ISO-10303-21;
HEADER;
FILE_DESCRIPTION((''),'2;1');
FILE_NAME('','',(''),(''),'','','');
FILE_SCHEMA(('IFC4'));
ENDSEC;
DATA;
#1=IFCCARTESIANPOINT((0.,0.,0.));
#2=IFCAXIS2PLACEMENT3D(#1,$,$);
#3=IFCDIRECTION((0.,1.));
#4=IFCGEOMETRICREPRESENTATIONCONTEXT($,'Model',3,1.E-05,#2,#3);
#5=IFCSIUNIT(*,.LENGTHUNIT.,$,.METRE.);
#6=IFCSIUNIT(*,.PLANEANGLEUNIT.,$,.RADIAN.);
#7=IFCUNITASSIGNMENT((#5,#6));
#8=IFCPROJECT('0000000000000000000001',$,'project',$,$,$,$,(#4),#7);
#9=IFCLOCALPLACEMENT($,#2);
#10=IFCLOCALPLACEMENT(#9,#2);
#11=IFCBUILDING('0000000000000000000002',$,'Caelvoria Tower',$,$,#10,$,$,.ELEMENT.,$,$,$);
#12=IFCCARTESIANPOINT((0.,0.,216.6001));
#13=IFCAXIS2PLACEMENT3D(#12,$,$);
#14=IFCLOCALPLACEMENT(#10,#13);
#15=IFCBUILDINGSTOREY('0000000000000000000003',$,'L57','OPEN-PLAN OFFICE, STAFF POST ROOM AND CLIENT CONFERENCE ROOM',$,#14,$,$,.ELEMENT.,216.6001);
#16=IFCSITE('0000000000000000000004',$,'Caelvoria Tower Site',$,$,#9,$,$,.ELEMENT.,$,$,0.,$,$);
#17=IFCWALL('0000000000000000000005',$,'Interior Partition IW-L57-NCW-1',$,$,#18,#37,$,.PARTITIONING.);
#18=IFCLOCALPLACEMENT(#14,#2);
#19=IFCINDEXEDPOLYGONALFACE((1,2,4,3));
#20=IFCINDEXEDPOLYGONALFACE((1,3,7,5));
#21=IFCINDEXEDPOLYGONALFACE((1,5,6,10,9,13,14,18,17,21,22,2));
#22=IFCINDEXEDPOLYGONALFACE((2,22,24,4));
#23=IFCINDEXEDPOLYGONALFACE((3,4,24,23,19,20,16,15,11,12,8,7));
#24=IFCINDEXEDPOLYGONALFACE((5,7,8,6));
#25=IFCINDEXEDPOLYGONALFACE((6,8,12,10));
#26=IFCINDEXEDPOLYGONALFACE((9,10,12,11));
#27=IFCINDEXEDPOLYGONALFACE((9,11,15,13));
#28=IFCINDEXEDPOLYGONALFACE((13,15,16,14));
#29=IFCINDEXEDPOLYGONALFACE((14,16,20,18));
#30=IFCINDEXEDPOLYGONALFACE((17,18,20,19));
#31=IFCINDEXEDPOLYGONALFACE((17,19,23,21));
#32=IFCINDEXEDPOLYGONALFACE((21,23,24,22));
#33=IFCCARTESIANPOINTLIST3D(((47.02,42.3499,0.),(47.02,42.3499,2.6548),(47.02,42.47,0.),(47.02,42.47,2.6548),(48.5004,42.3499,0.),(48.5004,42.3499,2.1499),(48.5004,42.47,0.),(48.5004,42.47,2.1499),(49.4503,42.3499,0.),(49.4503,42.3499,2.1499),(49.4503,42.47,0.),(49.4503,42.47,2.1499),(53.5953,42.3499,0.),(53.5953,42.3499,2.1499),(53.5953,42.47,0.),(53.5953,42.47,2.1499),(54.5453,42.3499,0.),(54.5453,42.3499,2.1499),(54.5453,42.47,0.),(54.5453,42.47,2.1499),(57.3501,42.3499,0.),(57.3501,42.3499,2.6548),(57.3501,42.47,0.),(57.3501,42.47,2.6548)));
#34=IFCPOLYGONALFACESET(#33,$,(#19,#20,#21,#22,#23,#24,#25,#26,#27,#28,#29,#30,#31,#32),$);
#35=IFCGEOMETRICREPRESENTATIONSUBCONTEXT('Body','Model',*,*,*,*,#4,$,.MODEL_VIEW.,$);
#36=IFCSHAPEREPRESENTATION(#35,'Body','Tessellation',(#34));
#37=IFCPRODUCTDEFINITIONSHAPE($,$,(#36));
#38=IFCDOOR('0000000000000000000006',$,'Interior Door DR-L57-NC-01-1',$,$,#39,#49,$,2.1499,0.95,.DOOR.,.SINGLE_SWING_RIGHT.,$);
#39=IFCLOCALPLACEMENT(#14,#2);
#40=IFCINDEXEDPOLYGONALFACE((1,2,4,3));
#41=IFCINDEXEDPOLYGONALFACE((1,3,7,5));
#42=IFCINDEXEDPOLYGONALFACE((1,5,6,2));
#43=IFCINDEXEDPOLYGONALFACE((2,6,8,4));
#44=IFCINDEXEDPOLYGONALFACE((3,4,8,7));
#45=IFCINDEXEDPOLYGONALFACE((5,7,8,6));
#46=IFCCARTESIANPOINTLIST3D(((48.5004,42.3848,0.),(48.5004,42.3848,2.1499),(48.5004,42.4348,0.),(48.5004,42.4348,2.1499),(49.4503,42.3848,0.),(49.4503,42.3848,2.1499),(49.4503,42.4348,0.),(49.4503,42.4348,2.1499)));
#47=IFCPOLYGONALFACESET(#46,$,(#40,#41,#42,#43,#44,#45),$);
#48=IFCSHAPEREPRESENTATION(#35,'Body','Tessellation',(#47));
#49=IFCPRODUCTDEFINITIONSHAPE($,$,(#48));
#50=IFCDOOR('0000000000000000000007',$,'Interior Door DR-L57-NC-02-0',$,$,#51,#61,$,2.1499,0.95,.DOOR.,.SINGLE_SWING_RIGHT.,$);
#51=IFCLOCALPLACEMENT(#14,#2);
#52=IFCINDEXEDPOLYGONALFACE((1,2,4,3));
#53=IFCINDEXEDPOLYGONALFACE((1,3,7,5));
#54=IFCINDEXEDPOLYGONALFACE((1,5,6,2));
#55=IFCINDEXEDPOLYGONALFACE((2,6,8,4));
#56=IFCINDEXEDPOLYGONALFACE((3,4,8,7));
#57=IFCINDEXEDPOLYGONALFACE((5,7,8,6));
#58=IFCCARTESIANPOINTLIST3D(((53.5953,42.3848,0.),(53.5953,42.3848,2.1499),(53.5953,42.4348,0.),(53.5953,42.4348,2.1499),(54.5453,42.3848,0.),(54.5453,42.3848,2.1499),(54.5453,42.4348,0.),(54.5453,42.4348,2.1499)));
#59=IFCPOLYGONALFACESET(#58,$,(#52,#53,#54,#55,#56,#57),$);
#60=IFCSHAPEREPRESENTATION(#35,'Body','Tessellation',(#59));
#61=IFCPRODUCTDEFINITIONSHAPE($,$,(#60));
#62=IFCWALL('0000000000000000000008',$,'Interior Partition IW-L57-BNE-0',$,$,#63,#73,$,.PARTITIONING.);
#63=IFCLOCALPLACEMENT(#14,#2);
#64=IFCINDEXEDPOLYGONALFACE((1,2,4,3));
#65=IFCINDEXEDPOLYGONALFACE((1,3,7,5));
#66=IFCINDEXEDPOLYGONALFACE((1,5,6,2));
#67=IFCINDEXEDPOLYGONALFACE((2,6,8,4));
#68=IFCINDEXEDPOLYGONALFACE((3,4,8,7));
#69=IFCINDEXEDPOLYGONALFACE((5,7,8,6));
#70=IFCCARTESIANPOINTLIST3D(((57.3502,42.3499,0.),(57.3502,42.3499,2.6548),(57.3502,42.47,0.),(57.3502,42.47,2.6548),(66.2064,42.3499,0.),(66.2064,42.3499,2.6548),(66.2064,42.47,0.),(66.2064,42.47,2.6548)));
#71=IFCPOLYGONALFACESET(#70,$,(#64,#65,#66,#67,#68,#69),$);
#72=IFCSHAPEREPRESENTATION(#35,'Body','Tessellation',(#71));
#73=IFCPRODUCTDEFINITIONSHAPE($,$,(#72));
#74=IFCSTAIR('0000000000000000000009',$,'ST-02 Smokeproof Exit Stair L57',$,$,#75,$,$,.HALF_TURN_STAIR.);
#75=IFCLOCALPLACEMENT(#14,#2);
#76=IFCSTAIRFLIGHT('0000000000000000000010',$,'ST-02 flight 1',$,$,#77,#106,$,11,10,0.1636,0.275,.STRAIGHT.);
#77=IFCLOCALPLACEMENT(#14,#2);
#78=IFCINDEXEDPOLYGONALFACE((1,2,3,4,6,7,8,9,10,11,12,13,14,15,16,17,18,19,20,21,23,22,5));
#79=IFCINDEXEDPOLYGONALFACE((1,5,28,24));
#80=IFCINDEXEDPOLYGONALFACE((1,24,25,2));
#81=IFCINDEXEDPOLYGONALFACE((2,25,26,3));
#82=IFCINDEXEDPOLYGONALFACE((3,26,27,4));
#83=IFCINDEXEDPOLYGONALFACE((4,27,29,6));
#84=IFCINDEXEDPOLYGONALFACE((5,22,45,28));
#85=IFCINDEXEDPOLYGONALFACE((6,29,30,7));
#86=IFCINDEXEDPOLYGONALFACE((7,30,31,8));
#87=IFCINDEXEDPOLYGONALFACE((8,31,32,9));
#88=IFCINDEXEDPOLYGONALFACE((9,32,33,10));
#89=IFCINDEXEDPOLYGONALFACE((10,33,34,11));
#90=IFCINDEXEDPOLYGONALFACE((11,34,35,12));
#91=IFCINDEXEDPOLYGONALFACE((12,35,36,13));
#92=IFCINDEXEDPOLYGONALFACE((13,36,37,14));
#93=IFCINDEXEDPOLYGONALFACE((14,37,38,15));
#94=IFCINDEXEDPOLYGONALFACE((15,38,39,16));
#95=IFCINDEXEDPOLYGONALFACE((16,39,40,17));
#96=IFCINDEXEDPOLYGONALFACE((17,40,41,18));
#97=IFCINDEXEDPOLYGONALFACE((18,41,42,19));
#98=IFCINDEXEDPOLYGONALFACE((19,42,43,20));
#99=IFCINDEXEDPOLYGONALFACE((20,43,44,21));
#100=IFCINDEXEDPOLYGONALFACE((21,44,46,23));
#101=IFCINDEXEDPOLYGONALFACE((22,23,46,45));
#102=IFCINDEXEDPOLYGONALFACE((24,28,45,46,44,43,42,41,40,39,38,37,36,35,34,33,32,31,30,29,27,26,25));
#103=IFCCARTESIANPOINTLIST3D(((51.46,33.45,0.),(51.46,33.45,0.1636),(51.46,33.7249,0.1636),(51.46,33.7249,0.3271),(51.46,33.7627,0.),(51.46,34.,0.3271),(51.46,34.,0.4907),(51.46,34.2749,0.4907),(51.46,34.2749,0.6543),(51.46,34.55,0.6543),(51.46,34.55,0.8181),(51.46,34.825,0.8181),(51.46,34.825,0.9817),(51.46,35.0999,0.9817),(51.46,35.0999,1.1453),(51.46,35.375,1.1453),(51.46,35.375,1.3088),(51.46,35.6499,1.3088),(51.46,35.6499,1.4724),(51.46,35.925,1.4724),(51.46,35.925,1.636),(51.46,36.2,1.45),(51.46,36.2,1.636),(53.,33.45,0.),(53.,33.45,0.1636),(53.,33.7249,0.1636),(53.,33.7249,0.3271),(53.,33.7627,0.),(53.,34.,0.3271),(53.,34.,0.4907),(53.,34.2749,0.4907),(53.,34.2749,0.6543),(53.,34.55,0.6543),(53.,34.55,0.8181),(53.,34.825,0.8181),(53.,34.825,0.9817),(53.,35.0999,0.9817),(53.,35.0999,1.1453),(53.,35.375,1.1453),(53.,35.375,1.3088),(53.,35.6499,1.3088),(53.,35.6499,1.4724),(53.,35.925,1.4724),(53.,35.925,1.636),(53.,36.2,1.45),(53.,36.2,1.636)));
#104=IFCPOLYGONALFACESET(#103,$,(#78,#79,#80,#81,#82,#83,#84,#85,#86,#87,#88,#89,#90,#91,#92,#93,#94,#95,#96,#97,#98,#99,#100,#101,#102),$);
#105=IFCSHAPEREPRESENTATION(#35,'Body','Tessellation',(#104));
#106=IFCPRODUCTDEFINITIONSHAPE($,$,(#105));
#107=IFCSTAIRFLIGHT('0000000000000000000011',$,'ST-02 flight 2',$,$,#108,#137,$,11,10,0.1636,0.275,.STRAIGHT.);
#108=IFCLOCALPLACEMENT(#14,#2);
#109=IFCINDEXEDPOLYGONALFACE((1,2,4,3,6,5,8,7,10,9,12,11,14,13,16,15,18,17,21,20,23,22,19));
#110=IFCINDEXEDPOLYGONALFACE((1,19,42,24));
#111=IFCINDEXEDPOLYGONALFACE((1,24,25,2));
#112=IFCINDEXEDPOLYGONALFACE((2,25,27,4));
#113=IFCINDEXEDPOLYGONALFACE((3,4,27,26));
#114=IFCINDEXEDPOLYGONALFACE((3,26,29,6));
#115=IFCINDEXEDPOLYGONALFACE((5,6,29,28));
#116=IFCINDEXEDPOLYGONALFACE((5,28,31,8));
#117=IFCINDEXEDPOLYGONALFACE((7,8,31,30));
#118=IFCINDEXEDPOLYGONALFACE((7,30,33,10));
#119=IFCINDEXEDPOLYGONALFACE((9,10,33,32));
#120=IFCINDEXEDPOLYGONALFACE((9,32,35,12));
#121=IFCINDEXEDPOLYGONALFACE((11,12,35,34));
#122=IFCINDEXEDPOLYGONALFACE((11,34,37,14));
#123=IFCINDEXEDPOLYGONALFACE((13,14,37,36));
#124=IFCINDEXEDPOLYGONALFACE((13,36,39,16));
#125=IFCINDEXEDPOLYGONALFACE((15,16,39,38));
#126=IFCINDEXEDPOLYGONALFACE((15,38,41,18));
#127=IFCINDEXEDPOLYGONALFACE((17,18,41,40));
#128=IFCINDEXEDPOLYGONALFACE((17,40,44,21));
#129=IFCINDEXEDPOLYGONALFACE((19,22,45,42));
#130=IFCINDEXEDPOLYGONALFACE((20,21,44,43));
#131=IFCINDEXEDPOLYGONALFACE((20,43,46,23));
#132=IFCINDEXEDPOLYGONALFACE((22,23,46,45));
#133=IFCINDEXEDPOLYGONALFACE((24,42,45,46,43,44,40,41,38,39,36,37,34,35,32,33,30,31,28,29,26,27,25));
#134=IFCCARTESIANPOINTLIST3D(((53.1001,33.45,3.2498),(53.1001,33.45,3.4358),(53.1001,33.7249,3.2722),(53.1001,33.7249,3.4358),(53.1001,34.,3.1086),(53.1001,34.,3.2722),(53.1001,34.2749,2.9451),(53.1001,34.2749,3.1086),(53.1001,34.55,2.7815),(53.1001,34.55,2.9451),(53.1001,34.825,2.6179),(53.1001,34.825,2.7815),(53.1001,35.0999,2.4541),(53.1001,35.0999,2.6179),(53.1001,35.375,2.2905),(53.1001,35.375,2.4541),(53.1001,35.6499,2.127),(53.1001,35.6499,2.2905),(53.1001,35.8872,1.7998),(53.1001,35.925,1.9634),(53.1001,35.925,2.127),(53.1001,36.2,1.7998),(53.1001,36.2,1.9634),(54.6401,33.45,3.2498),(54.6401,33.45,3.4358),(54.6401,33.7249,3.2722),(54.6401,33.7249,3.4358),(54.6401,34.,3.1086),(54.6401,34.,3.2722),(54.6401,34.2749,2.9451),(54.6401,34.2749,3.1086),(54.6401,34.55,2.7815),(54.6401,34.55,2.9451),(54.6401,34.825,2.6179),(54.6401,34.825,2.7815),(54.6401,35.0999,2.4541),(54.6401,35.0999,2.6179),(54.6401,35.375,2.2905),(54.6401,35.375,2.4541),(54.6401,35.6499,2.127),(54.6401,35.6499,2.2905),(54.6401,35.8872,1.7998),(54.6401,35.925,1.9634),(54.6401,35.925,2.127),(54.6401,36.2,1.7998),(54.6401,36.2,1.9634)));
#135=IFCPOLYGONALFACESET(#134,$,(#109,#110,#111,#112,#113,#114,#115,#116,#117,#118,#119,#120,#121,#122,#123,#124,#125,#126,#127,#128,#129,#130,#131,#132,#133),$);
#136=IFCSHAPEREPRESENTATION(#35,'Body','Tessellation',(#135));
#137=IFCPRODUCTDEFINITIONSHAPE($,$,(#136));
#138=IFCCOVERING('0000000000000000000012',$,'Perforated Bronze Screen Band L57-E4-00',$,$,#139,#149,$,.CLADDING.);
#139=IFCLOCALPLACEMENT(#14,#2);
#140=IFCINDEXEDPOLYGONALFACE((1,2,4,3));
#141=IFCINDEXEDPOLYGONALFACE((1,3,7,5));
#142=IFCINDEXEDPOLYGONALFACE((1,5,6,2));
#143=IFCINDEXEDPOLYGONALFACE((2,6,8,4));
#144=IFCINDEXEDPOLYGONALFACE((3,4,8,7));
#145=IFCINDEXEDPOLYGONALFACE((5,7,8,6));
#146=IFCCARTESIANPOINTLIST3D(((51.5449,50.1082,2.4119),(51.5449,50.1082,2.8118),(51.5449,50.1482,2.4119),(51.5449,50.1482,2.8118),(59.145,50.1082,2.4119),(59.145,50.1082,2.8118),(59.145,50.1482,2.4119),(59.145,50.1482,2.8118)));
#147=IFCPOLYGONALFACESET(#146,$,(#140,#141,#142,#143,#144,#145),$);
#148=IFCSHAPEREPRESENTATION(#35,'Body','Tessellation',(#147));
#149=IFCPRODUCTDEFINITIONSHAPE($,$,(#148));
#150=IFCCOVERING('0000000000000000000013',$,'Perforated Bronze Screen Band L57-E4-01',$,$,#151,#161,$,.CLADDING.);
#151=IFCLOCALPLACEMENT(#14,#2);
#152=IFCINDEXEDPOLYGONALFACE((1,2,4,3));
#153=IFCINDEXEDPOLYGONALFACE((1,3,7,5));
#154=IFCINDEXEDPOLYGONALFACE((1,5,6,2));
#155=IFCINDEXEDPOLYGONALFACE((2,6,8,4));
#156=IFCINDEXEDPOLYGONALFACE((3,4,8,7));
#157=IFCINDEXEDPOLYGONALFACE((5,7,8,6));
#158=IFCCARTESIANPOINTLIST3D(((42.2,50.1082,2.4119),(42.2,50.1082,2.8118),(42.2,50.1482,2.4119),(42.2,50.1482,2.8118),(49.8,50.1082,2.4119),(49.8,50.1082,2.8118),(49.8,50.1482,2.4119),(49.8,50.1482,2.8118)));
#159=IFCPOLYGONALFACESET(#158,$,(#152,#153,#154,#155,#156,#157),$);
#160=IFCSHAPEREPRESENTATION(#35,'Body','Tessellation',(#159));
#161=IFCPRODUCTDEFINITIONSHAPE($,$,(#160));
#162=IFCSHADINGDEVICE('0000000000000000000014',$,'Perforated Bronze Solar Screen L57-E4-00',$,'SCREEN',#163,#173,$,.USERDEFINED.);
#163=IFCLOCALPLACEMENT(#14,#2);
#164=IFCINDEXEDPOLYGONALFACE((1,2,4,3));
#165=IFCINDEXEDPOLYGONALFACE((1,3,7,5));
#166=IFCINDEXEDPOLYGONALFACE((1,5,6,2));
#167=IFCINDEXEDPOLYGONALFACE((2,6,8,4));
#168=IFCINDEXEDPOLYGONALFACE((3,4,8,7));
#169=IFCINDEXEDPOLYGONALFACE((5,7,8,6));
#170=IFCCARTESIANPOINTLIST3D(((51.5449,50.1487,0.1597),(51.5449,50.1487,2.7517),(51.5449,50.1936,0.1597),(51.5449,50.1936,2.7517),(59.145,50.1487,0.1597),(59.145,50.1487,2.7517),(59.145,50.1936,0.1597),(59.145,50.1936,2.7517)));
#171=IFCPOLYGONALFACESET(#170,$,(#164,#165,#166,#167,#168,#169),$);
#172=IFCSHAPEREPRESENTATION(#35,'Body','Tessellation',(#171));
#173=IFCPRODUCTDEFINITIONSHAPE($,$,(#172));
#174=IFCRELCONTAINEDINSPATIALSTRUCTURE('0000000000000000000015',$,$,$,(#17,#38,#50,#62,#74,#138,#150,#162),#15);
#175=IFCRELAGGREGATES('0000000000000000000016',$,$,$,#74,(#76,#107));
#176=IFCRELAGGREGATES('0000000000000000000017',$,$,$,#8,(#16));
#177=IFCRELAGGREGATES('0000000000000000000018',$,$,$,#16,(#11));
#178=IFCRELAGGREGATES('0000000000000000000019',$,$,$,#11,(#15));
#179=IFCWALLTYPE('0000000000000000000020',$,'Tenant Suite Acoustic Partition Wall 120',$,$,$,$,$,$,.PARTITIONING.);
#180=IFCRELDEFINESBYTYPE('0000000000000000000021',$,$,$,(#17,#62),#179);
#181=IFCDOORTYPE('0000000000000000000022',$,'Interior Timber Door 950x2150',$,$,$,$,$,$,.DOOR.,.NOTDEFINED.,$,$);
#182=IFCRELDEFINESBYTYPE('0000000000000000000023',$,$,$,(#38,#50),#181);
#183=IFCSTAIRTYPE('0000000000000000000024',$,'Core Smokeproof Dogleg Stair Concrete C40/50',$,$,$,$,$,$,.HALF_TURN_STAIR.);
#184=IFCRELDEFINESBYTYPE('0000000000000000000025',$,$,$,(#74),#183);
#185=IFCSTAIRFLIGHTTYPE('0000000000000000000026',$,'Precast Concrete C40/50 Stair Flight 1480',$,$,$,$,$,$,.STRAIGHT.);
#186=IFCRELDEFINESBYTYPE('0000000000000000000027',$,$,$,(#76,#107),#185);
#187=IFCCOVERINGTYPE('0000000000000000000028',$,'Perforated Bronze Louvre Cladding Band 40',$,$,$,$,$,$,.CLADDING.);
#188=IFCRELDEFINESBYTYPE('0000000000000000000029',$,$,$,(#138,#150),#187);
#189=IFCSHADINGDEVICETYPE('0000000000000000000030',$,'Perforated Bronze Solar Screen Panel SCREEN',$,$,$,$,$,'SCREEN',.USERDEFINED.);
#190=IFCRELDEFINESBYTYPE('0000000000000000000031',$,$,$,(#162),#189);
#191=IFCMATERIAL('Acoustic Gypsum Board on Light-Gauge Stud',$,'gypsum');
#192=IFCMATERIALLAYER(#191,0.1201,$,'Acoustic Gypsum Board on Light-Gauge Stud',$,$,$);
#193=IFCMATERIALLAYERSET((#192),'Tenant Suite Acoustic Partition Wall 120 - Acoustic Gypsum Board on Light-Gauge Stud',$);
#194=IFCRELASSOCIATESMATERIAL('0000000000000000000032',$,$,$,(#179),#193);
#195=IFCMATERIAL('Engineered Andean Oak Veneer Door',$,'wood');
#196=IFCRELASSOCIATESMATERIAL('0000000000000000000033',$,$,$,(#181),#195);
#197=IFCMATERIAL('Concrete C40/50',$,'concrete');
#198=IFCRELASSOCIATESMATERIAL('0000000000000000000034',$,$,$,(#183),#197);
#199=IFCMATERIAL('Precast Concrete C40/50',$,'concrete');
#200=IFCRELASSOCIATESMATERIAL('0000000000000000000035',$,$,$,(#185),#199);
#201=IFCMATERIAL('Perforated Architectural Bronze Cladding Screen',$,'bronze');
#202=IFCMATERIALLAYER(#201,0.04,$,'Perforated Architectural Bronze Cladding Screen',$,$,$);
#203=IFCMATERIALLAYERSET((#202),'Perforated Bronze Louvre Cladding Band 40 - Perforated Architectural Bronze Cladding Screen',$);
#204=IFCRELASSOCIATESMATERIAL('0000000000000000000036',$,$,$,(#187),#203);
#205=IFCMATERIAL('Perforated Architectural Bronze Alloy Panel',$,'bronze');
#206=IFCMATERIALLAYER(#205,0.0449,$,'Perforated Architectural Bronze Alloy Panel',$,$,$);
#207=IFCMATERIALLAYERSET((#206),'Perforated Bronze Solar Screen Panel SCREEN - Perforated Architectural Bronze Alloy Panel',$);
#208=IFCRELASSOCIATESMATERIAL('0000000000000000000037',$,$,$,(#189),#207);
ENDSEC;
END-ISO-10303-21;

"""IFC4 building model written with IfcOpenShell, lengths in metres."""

from ifc_helpers import new_model, si_unit, direction, frame, frame_2d, origin, origin_2d, place, context, subcontext, project, spatial, polyline, rectangle, outline, extrude, material, layer, layer_set, type_object, element, fill, aggregate, save


model = new_model("IFC4")

# Units and contexts
model_context = context("Model", 3, precision=1e-05, world=origin(), true_north=direction((0.0, 1.0)))
body_context = subcontext(model_context, "Body", "Model", "MODEL_VIEW")
ifc_project = project(units=[si_unit("LENGTHUNIT", "METRE"), si_unit("PLANEANGLEUNIT", "RADIAN")], contexts=[model_context])

# Site, building, storey
site_placement = place(None, origin())
site = spatial("IfcSite", under=ifc_project, at=site_placement, Name="Caelvoria Tower Site", CompositionType="ELEMENT", RefElevation=0.0)
building_placement = place(site_placement, origin())
building = spatial("IfcBuilding", under=site, at=building_placement, Name="Caelvoria Tower", CompositionType="ELEMENT")
storey_placement = place(building_placement, frame((0.0, 0.0, 216.6001)))
storey = spatial("IfcBuildingStorey", under=building, at=storey_placement, Name="L57", Description="OPEN-PLAN OFFICE, STAFF POST ROOM AND CLIENT CONFERENCE ROOM", CompositionType="ELEMENT", Elevation=216.6001)

# Shared definitions
ifc_material_1 = material(Name="Acoustic Gypsum Board on Light-Gauge Stud", Category="gypsum")
ifc_layer_1 = layer(ifc_material_1, 0.1201, Name="Acoustic Gypsum Board on Light-Gauge Stud")
ifc_layer_set_1 = layer_set([ifc_layer_1], Name="Tenant Suite Acoustic Partition Wall 120 - Acoustic Gypsum Board on Light-Gauge Stud")
wall_type_1 = type_object("IfcWallType", Name="Tenant Suite Acoustic Partition Wall 120", PredefinedType="PARTITIONING", material=ifc_layer_set_1)
ifc_material_2 = material(Name="Engineered Andean Oak Veneer Door", Category="wood")

# Wall, openings, doors
wall_1_placement = place(storey_placement, frame((47.02, 42.4099, 0.0), z_axis=(0.0, 0.0, 1.0), x_axis=(1.0, 0.0, 0.0)))
wall_1 = element("IfcWall", 1, at=wall_1_placement, inside=storey, type_object=wall_type_1, Name="Interior Partition IW-L57-NCW-1", PredefinedType="PARTITIONING", context=body_context, shape_type="SweptSolid", body=[
    extrude(rectangle(XDim=10.3301, YDim=0.1201, at=frame_2d((5.165, 0.0))), origin(), (0.0, 0.0, 1.0), 2.6548),
])
opening_1_placement = place(wall_1_placement, frame((1.4802, 0.0, 0.0)))
opening_1 = element("IfcOpeningElement", 2, at=opening_1_placement, cuts=wall_1, PredefinedType="OPENING", context=body_context, shape_type="SweptSolid", body=[
    extrude(rectangle(XDim=0.95, YDim=2.1499, at=frame_2d((0.4751, 1.075))), frame((0.0, 0.0701, 0.0), z_axis=(0.0, -1.0, 0.0), x_axis=(1.0, 0.0, 0.0)), (0.0, 0.0, 1.0), 0.1401),
])
opening_2_placement = place(wall_1_placement, frame((6.5752, 0.0, 0.0)))
opening_2 = element("IfcOpeningElement", 3, at=opening_2_placement, cuts=wall_1, PredefinedType="OPENING", context=body_context, shape_type="SweptSolid", body=[
    extrude(rectangle(XDim=0.95, YDim=2.1499, at=frame_2d((0.4751, 1.075))), frame((0.0, 0.0701, 0.0), z_axis=(0.0, -1.0, 0.0), x_axis=(1.0, 0.0, 0.0)), (0.0, 0.0, 1.0), 0.1401),
])
door_type_1 = type_object("IfcDoorType", Name="Interior Timber Door 950x2150", OperationType="NOTDEFINED", PredefinedType="DOOR", material=ifc_material_2)
door_1_placement = place(opening_1_placement, origin())
door_1 = element("IfcDoor", 4, at=door_1_placement, inside=storey, type_object=door_type_1, Name="Interior Door DR-L57-NC-01-1", OperationType="SINGLE_SWING_RIGHT", OverallHeight=2.1499, OverallWidth=0.95, PredefinedType="DOOR", context=body_context, shape_type="SweptSolid", body=[
    extrude(rectangle(XDim=0.95, YDim=2.1499, at=frame_2d((0.4751, 1.075))), frame((0.0, 0.0249, 0.0), z_axis=(0.0, -1.0, 0.0), x_axis=(1.0, 0.0, 0.0)), (0.0, 0.0, 1.0), 0.05),
])
fill(opening_1, door_1)
door_2_placement = place(opening_2_placement, origin())
door_2 = element("IfcDoor", 5, at=door_2_placement, inside=storey, type_object=door_type_1, Name="Interior Door DR-L57-NC-02-0", OperationType="SINGLE_SWING_RIGHT", OverallHeight=2.1499, OverallWidth=0.95, PredefinedType="DOOR", context=body_context, shape_type="SweptSolid", body=[
    extrude(rectangle(XDim=0.95, YDim=2.1499, at=frame_2d((0.4751, 1.075))), frame((0.0, 0.0249, 0.0), z_axis=(0.0, -1.0, 0.0), x_axis=(1.0, 0.0, 0.0)), (0.0, 0.0, 1.0), 0.05),
])
fill(opening_2, door_2)

# Wall
wall_2_placement = place(storey_placement, frame((57.3501, 42.4099, 0.0), z_axis=(0.0, 0.0, 1.0), x_axis=(1.0, 0.0, 0.0)))
element("IfcWall", 6, at=wall_2_placement, inside=storey, type_object=wall_type_1, Name="Interior Partition IW-L57-BNE-0", PredefinedType="PARTITIONING", context=body_context, shape_type="SweptSolid", body=[
    extrude(rectangle(XDim=8.8562, YDim=0.1201, at=frame_2d((4.4282, 0.0))), origin(), (0.0, 0.0, 1.0), 2.6548),
])

# Stair, stair flights
ifc_material_3 = material(Name="Concrete C40/50", Category="concrete")
stair_type = type_object("IfcStairType", Name="Core Smokeproof Dogleg Stair Concrete C40/50", PredefinedType="HALF_TURN_STAIR", material=ifc_material_3)
stair_placement = place(storey_placement, origin())
stair = element("IfcStair", 7, at=stair_placement, inside=storey, type_object=stair_type, Name="ST-02 Smokeproof Exit Stair L57", PredefinedType="HALF_TURN_STAIR")
ifc_material_4 = material(Name="Precast Concrete C40/50", Category="concrete")
stair_flight_type = type_object("IfcStairFlightType", Name="Precast Concrete C40/50 Stair Flight 1480", PredefinedType="STRAIGHT", material=ifc_material_4)
stair_flight_1_placement = place(storey_placement, frame((52.23, 33.45, 0.0), z_axis=(0.0, 0.0, 1.0), x_axis=(0.0, 1.0, 0.0)))
stair_flight_1 = element("IfcStairFlight", 8, at=stair_flight_1_placement, type_object=stair_flight_type, Name="ST-02 flight 1", NumberOfRisers=11, NumberOfTreads=10, PredefinedType="STRAIGHT", RiserHeight=0.1636, TreadLength=0.275, context=body_context, shape_type="SweptSolid", body=[
    extrude(outline(polyline([(0.0, 0.0), (0.0, 0.1636), (0.2749, 0.1636), (0.2749, 0.3271), (0.55, 0.3271), (0.55, 0.4907), (0.825, 0.4907), (0.825, 0.6543), (1.1001, 0.6543), (1.1001, 0.8181), (1.375, 0.8181), (1.375, 0.9817), (1.6499, 0.9817), (1.6499, 1.1453), (1.925, 1.1453), (1.925, 1.3088), (2.2, 1.3088), (2.2, 1.4724), (2.4751, 1.4724), (2.4751, 1.636), (2.75, 1.636), (2.75, 1.7996), (2.75, 1.45), (0.3127, 0.0), (0.0, 0.0)])), frame((0.0, 0.77, 0.0), z_axis=(0.0, -1.0, 0.0), x_axis=(1.0, 0.0, 0.0)), (0.0, 0.0, 1.0), 1.54),
])
stair_flight_2_placement = place(storey_placement, frame((53.8701, 36.2, 1.7998), z_axis=(0.0, 0.0, 1.0), x_axis=(0.0, -1.0, 0.0)))
stair_flight_2 = element("IfcStairFlight", 9, at=stair_flight_2_placement, type_object=stair_flight_type, Name="ST-02 flight 2", NumberOfRisers=11, NumberOfTreads=10, PredefinedType="STRAIGHT", RiserHeight=0.1636, TreadLength=0.275, context=body_context, shape_type="SweptSolid", body=[
    extrude(outline(polyline([(0.0, 0.0), (0.0, 0.1636), (0.2749, 0.1636), (0.2749, 0.3271), (0.55, 0.3271), (0.55, 0.4907), (0.825, 0.4907), (0.825, 0.6543), (1.1001, 0.6543), (1.1001, 0.8181), (1.375, 0.8181), (1.375, 0.9817), (1.6499, 0.9817), (1.6499, 1.1453), (1.925, 1.1453), (1.925, 1.3088), (2.2, 1.3088), (2.2, 1.4724), (2.4751, 1.4724), (2.4751, 1.636), (2.75, 1.636), (2.75, 1.7996), (2.75, 1.45), (0.3127, 0.0), (0.0, 0.0)])), frame((0.0, 0.77, 0.0), z_axis=(0.0, -1.0, 0.0), x_axis=(1.0, 0.0, 0.0)), (0.0, 0.0, 1.0), 1.54),
])
aggregate(stair, [stair_flight_1, stair_flight_2])

# Coverings
ifc_material_5 = material(Name="Perforated Architectural Bronze Cladding Screen", Category="bronze")
ifc_layer_2 = layer(ifc_material_5, 0.04, Name="Perforated Architectural Bronze Cladding Screen")
ifc_layer_set_2 = layer_set([ifc_layer_2], Name="Perforated Bronze Louvre Cladding Band 40 - Perforated Architectural Bronze Cladding Screen")
covering_type = type_object("IfcCoveringType", Name="Perforated Bronze Louvre Cladding Band 40", PredefinedType="CLADDING", material=ifc_layer_set_2)
for number, where, z_axis, x_axis, name in (
    (10, (55.345, 50.1282, 2.4119), (0.0, 0.0, 1.0), (-1.0, 0.0, 0.0), "Perforated Bronze Screen Band L57-E4-00"),
    (11, (46.0, 50.1282, 2.4119), (0.0, 0.0, 1.0), (-1.0, 0.0, 0.0), "Perforated Bronze Screen Band L57-E4-01"),
):
    element("IfcCovering", number, at=place(storey_placement, frame(where, z_axis=z_axis, x_axis=x_axis)), inside=storey, type_object=covering_type, Name=name, PredefinedType="CLADDING", context=body_context, shape_type="SweptSolid", body=[
        extrude(rectangle(XDim=7.6001, YDim=0.04, at=origin_2d()), origin(), (0.0, 0.0, 1.0), 0.3999),
    ])

# Shading device
ifc_material_6 = material(Name="Perforated Architectural Bronze Alloy Panel", Category="bronze")
ifc_layer_3 = layer(ifc_material_6, 0.0449, Name="Perforated Architectural Bronze Alloy Panel")
ifc_layer_set_3 = layer_set([ifc_layer_3], Name="Perforated Bronze Solar Screen Panel SCREEN - Perforated Architectural Bronze Alloy Panel")
shading_device_type = type_object("IfcShadingDeviceType", Name="Perforated Bronze Solar Screen Panel SCREEN", ElementType="SCREEN", PredefinedType="USERDEFINED", material=ifc_layer_set_3)
for number, where, z_axis, x_axis, name in (
    (12, (55.345, 50.1711, 0.1597), (0.0, 0.0, 1.0), (-1.0, 0.0, 0.0), "Perforated Bronze Solar Screen L57-E4-00"),
):
    element("IfcShadingDevice", number, at=place(storey_placement, frame(where, z_axis=z_axis, x_axis=x_axis)), inside=storey, type_object=shading_device_type, Name=name, ObjectType="SCREEN", PredefinedType="USERDEFINED", context=body_context, shape_type="SweptSolid", body=[
        extrude(rectangle(XDim=7.6001, YDim=0.0449, at=origin_2d()), origin(), (0.0, 0.0, 1.0), 2.592),
    ])

save(model, "model.ifc")
